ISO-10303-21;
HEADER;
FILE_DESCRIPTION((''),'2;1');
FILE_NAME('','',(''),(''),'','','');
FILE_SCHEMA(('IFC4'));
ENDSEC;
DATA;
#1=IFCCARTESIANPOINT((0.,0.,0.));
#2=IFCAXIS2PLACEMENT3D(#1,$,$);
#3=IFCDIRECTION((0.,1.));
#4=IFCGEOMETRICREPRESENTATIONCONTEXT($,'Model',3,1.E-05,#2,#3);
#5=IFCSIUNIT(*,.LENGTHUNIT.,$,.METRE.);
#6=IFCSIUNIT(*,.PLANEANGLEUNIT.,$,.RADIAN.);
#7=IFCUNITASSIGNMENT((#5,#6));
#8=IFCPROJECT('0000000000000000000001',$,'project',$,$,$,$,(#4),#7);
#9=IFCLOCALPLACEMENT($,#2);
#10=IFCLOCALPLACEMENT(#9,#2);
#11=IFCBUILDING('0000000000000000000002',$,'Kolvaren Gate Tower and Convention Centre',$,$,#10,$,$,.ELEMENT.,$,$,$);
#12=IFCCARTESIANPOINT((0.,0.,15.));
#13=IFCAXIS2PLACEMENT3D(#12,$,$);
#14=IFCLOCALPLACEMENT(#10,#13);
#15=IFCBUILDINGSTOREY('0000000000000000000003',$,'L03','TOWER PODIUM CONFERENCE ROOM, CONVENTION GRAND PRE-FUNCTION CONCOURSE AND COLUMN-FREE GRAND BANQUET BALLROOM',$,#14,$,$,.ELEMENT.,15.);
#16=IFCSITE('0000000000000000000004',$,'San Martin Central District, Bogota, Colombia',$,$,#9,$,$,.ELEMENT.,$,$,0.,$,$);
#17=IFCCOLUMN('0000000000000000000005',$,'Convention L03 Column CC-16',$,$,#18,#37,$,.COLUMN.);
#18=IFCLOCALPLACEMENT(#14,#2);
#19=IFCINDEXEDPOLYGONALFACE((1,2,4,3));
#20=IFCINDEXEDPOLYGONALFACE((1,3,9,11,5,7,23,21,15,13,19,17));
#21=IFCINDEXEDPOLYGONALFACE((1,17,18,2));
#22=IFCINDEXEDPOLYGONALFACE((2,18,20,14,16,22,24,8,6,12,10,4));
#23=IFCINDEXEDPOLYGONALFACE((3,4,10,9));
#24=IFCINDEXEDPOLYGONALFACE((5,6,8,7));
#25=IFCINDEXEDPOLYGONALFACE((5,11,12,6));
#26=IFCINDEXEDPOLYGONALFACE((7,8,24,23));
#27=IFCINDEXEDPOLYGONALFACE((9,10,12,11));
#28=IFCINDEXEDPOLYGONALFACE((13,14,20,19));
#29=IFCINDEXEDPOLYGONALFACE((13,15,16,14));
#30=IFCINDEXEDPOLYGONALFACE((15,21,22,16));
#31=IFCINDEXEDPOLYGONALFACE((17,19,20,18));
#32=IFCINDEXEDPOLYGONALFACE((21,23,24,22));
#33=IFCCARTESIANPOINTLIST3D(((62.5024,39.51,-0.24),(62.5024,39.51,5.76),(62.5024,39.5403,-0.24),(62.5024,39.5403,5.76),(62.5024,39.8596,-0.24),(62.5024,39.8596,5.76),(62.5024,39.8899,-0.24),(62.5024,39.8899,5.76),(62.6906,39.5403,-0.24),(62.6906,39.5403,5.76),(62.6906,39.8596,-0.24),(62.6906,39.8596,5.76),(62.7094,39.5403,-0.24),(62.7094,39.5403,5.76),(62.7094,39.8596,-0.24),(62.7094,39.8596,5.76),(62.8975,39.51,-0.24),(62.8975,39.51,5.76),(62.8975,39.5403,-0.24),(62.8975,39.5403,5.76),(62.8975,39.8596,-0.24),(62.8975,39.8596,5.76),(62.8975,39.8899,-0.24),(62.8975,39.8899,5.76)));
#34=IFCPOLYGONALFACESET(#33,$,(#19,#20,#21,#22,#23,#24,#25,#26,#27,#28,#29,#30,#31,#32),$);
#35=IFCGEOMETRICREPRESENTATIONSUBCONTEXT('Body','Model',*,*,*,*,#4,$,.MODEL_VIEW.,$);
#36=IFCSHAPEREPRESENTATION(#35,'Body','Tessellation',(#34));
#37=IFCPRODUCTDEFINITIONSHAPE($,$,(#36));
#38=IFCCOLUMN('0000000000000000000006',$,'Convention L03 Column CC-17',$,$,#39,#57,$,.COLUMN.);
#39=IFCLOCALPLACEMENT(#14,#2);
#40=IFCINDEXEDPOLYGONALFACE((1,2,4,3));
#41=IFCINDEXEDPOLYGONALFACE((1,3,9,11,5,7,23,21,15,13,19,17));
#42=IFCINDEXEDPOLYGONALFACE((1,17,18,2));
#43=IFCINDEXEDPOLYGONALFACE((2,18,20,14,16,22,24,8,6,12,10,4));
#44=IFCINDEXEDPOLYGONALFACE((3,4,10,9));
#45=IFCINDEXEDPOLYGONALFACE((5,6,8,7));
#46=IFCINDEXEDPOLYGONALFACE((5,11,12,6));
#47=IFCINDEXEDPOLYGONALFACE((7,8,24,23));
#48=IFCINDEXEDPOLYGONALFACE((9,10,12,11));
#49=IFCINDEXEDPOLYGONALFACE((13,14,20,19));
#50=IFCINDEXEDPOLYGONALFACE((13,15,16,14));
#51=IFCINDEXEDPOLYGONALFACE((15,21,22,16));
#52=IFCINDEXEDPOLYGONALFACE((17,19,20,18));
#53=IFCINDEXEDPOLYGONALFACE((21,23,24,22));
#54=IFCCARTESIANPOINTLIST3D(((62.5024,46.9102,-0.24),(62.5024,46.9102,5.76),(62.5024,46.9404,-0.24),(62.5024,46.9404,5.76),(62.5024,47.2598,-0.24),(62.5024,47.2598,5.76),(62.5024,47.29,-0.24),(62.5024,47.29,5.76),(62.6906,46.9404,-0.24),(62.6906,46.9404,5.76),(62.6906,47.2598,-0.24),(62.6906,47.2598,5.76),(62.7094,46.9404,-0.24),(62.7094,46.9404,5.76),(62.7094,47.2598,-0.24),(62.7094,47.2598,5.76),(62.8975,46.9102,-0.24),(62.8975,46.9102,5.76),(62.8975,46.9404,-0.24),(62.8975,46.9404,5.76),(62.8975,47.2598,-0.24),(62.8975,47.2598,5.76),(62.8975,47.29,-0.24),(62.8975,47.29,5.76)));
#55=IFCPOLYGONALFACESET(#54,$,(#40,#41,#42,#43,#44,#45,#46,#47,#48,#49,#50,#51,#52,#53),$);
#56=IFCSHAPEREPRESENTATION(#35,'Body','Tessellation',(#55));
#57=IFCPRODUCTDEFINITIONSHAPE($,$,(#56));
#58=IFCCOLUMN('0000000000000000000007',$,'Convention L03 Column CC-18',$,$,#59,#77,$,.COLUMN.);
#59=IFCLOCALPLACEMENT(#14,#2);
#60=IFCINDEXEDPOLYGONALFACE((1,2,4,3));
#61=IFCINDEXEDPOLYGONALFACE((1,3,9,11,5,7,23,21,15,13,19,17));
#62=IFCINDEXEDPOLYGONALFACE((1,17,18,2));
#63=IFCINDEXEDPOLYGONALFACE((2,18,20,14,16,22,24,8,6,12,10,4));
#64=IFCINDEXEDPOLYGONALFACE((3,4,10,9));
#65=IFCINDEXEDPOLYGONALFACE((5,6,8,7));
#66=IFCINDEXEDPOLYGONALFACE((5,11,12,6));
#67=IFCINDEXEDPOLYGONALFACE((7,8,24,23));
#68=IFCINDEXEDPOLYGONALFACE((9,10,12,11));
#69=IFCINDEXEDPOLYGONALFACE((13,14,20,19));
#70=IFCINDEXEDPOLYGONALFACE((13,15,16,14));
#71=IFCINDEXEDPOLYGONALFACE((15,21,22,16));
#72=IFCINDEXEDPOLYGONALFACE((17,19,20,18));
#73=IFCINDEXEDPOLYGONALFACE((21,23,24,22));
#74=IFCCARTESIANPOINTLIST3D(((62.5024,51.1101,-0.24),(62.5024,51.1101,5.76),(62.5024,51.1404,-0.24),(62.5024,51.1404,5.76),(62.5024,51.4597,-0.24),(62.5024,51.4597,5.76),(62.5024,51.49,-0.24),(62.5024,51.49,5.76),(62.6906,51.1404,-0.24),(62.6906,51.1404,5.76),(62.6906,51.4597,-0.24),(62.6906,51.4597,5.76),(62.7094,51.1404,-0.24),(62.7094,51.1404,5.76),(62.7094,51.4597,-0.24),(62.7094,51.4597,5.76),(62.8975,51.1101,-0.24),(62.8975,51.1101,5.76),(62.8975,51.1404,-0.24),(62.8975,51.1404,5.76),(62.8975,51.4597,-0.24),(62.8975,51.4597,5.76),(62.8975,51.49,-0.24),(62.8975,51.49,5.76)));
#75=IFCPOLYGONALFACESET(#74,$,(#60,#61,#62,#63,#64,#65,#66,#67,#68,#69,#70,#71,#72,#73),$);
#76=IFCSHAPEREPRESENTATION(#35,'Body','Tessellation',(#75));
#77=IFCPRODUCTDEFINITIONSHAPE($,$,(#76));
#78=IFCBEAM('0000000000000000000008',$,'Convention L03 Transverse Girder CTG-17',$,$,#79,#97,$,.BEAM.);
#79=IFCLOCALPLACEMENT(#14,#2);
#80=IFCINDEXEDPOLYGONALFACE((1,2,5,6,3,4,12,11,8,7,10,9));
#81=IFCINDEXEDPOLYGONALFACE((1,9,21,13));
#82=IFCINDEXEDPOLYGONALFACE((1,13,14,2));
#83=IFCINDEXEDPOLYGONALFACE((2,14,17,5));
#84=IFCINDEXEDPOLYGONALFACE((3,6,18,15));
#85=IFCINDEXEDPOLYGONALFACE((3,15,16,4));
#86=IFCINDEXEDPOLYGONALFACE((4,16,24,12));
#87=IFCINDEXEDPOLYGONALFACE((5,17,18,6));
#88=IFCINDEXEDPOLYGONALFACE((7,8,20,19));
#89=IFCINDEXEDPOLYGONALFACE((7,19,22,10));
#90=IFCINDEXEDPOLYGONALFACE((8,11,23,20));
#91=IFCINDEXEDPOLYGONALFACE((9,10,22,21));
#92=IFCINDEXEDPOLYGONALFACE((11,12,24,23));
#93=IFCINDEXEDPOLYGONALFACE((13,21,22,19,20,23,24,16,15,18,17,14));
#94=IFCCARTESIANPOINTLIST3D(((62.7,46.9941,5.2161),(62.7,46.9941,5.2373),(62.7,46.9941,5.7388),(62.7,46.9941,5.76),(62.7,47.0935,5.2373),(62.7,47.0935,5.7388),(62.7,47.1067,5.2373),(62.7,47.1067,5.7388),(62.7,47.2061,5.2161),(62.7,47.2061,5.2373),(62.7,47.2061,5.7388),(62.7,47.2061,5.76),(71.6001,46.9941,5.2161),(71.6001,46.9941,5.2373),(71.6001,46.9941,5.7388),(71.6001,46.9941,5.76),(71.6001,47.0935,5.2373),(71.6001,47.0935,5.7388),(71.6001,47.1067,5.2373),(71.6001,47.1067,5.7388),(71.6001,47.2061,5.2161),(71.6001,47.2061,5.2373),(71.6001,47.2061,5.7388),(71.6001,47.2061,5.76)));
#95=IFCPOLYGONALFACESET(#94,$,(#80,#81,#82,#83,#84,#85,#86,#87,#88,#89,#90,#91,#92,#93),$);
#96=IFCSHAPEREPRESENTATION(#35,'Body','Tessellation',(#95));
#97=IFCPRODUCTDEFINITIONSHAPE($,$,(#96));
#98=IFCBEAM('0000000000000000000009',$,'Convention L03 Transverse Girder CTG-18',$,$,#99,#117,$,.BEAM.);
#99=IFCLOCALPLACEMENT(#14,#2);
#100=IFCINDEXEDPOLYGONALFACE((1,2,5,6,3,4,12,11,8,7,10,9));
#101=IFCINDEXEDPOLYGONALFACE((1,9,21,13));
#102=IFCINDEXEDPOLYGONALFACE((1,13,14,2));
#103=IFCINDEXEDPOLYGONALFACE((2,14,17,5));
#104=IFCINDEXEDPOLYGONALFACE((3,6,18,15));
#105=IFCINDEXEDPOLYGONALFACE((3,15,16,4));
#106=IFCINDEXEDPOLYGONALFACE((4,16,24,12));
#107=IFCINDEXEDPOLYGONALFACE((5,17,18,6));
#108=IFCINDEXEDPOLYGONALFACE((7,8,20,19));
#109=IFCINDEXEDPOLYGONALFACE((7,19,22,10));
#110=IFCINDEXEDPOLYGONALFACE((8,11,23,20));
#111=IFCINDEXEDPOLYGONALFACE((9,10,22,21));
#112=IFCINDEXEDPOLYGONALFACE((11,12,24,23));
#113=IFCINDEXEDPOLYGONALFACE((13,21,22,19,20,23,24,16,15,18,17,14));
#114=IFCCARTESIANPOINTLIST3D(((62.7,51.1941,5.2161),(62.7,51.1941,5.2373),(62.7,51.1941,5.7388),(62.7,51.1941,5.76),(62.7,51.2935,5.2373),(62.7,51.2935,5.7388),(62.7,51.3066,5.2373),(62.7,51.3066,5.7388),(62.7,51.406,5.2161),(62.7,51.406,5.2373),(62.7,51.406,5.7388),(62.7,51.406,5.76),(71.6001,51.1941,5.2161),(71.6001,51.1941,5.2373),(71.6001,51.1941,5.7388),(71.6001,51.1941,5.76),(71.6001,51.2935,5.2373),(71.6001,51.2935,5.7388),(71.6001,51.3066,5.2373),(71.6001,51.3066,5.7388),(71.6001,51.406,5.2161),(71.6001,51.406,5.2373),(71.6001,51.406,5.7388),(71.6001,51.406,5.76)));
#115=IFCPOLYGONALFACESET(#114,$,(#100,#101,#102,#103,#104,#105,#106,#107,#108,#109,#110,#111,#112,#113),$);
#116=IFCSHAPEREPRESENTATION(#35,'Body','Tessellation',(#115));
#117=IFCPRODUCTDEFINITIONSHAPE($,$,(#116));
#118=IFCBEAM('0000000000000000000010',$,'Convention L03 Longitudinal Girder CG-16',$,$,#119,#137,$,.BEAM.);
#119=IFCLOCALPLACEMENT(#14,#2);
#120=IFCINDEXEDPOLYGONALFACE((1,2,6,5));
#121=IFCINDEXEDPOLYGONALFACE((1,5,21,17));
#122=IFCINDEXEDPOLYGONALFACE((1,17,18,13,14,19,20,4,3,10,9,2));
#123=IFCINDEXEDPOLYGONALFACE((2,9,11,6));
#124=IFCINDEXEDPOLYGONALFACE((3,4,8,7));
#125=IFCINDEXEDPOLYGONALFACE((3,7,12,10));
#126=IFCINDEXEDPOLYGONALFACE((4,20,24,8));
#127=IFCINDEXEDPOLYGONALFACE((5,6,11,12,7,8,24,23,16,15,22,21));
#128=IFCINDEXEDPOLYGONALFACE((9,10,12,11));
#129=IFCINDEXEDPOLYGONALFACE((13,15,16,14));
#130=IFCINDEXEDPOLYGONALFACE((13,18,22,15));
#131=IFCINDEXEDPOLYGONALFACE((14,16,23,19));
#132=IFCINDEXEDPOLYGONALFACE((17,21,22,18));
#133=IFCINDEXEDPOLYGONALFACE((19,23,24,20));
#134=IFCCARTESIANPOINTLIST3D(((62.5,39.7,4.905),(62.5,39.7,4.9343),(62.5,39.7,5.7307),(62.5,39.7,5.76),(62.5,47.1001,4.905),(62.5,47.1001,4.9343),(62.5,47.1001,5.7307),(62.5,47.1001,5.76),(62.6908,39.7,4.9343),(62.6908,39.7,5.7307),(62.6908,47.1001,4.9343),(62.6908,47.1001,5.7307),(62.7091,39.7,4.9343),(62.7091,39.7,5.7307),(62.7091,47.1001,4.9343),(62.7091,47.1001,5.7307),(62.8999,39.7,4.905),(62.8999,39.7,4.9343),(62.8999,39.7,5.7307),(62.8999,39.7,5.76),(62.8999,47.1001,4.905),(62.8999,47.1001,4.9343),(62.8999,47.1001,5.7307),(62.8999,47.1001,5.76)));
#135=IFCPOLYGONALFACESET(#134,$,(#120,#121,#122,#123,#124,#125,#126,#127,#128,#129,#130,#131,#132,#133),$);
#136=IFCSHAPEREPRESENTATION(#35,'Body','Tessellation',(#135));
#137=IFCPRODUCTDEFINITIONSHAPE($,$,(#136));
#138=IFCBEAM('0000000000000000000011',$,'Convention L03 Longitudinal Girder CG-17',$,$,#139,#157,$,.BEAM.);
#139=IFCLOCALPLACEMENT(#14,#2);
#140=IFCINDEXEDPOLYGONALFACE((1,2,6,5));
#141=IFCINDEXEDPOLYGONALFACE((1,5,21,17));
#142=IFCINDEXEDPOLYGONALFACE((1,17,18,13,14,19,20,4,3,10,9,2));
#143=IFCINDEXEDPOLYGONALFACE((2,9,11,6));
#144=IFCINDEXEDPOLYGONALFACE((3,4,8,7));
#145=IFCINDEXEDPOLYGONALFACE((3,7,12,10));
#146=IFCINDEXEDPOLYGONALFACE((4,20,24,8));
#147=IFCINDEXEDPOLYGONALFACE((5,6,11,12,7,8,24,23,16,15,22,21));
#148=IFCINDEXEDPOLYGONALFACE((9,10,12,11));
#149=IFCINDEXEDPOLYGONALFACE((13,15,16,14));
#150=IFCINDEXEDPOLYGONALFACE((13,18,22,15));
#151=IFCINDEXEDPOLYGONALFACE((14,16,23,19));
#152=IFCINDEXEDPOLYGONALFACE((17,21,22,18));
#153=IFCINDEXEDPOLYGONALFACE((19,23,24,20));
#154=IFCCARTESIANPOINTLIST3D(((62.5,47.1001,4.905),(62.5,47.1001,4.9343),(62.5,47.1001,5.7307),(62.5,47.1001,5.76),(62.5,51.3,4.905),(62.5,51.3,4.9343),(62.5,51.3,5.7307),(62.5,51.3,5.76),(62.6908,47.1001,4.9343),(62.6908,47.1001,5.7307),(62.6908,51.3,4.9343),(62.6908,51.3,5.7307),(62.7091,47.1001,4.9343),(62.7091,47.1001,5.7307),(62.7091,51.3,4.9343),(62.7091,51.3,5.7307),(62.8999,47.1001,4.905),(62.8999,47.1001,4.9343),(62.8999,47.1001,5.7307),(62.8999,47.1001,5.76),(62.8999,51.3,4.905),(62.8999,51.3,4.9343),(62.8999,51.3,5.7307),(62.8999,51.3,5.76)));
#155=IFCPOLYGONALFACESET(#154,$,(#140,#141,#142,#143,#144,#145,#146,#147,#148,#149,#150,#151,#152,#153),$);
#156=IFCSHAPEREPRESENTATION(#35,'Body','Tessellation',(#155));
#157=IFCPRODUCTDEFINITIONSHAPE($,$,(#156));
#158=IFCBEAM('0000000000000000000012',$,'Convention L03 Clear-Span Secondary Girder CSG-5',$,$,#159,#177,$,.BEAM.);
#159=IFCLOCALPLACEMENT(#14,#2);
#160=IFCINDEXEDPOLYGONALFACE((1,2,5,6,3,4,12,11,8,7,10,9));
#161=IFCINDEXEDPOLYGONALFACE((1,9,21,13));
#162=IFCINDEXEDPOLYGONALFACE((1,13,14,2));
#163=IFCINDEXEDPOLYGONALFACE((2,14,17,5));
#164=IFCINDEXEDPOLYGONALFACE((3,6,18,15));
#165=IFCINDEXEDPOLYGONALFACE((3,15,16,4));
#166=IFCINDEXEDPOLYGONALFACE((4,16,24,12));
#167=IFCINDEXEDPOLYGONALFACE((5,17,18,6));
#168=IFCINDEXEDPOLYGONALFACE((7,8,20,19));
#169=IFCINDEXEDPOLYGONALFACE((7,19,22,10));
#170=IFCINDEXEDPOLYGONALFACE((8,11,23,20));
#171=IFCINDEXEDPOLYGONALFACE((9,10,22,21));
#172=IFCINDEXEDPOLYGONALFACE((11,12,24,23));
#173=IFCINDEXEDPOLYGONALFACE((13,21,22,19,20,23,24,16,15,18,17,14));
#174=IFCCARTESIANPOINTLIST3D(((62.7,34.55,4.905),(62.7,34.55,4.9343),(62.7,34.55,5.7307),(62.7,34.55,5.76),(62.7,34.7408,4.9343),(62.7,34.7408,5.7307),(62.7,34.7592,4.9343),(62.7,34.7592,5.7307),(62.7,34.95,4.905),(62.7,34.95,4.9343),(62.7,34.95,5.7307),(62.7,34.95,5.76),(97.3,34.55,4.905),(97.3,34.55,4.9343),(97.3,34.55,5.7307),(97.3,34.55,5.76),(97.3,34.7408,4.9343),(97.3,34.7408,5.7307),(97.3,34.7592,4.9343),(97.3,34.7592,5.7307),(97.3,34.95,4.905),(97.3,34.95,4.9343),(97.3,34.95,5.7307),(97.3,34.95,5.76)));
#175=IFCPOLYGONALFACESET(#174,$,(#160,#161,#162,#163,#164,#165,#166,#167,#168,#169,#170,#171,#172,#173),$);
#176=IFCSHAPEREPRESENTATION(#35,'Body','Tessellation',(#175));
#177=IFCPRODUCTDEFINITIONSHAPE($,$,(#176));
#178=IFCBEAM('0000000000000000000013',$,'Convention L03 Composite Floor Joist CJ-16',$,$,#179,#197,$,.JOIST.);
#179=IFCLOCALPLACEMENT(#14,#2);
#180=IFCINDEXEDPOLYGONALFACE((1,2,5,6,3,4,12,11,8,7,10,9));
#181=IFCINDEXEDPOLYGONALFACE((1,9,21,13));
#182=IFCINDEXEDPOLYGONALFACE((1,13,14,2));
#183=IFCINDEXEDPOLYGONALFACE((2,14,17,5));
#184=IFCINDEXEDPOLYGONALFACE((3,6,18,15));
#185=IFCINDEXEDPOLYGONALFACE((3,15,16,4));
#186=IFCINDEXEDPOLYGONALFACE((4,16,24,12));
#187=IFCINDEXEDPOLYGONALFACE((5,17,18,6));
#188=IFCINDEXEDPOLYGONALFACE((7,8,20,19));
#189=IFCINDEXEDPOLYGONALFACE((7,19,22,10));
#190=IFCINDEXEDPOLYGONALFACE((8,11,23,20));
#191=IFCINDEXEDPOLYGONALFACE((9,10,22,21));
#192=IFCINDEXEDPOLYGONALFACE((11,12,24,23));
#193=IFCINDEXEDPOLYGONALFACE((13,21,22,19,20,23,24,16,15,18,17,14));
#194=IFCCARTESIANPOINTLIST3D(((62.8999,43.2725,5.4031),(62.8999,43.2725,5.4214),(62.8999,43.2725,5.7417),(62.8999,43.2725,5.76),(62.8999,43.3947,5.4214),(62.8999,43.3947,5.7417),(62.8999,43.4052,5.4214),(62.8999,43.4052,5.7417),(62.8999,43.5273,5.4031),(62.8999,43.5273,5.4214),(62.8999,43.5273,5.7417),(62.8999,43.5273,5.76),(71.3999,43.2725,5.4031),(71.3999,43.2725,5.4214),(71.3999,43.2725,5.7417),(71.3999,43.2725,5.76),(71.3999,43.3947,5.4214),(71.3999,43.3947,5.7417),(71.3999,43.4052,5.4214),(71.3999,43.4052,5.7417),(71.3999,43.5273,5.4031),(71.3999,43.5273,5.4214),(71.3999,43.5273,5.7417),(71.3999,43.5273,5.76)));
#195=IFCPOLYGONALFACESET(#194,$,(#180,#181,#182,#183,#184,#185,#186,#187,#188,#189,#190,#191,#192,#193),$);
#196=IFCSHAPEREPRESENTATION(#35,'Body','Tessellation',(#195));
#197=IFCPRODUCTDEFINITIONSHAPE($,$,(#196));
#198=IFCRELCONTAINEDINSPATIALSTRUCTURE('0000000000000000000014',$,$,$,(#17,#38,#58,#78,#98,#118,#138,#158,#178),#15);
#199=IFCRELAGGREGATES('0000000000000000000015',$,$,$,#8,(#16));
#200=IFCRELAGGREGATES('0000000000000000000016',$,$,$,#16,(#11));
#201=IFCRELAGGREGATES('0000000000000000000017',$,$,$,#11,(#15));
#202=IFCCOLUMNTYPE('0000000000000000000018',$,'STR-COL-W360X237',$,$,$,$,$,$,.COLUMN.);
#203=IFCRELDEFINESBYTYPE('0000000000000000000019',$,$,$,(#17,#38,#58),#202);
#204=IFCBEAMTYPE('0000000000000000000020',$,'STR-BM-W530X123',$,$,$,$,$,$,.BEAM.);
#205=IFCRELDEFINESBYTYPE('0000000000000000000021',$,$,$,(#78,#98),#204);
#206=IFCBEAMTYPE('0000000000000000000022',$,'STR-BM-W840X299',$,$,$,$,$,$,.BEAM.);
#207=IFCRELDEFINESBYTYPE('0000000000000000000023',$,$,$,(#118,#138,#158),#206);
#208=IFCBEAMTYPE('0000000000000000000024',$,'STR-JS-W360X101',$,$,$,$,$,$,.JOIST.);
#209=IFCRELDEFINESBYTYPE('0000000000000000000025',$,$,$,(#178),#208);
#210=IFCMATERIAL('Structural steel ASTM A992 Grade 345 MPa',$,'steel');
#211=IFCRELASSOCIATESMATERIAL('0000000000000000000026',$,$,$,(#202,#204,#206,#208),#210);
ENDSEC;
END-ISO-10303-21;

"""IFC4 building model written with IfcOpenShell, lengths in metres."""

from ifc_helpers import new_model, si_unit, direction, frame, origin, origin_2d, place, context, subcontext, project, spatial, i_section, extrude, material, material_profile, profile_set, type_object, element, save


model = new_model("IFC4")

# Units and contexts
model_context = context("Model", 3, precision=1e-05, world=origin(), true_north=direction((0.0, 1.0)))
body_context = subcontext(model_context, "Body", "Model", "MODEL_VIEW")
ifc_project = project(units=[si_unit("LENGTHUNIT", "METRE"), si_unit("PLANEANGLEUNIT", "RADIAN")], contexts=[model_context])

# Site, building, storey
site_placement = place(None, origin())
site = spatial("IfcSite", under=ifc_project, at=site_placement, Name="San Martin Central District, Bogota, Colombia", CompositionType="ELEMENT", RefElevation=0.0)
building_placement = place(site_placement, origin())
building = spatial("IfcBuilding", under=site, at=building_placement, Name="Kolvaren Gate Tower and Convention Centre", CompositionType="ELEMENT")
storey_placement = place(building_placement, frame((0.0, 0.0, 15.0)))
storey = spatial("IfcBuildingStorey", under=building, at=storey_placement, Name="L03", Description="TOWER PODIUM CONFERENCE ROOM, CONVENTION GRAND PRE-FUNCTION CONCOURSE AND COLUMN-FREE GRAND BANQUET BALLROOM", CompositionType="ELEMENT", Elevation=15.0)

# Columns
ifc_material_1 = material(Name="Structural steel ASTM A992 Grade 345 MPa", Category="steel")
ifc_material_profile_1 = material_profile(ifc_material_1, i_section(OverallWidth=0.395, OverallDepth=0.3799, WebThickness=0.0188, FlangeThickness=0.0303, at=origin_2d()), Name="W360X237")
ifc_profile_set_1 = profile_set([ifc_material_profile_1], Name="Structural steel ASTM A992 Grade 345 MPa")
column_type = type_object("IfcColumnType", Name="STR-COL-W360X237", PredefinedType="COLUMN", material=ifc_profile_set_1)
for number, where, z_axis, x_axis, name in (
    (1, (62.7, 39.7, -0.24), (0.0, 0.0, 1.0), (1.0, 0.0, 0.0), "Convention L03 Column CC-16"),
    (2, (62.7, 47.1001, -0.24), (0.0, 0.0, 1.0), (1.0, 0.0, 0.0), "Convention L03 Column CC-17"),
    (3, (62.7, 51.3, -0.24), (0.0, 0.0, 1.0), (1.0, 0.0, 0.0), "Convention L03 Column CC-18"),
):
    element("IfcColumn", number, at=place(storey_placement, frame(where, z_axis=z_axis, x_axis=x_axis)), inside=storey, type_object=column_type, Name=name, PredefinedType="COLUMN", context=body_context, shape_type="SweptSolid", body=[
        extrude(i_section(OverallWidth=0.395, OverallDepth=0.3799, WebThickness=0.0188, FlangeThickness=0.0303, at=origin_2d()), origin(), (0.0, 0.0, 1.0), 6.0),
    ])

# Beams
ifc_material_profile_2 = material_profile(ifc_material_1, i_section(OverallWidth=0.2119, OverallDepth=0.5439, WebThickness=0.0132, FlangeThickness=0.0212, at=origin_2d()), Name="W530X123")
ifc_profile_set_2 = profile_set([ifc_material_profile_2], Name="Structural steel ASTM A992 Grade 345 MPa")
beam_type_1 = type_object("IfcBeamType", Name="STR-BM-W530X123", PredefinedType="BEAM", material=ifc_profile_set_2)
for number, where, z_axis, x_axis, name in (
    (4, (62.7, 47.1001, 5.488), (1.0, 0.0, 0.0), (0.0, 1.0, 0.0), "Convention L03 Transverse Girder CTG-17"),
    (5, (62.7, 51.3, 5.488), (1.0, 0.0, 0.0), (0.0, 1.0, 0.0), "Convention L03 Transverse Girder CTG-18"),
):
    element("IfcBeam", number, at=place(storey_placement, frame(where, z_axis=z_axis, x_axis=x_axis)), inside=storey, type_object=beam_type_1, Name=name, PredefinedType="BEAM", context=body_context, shape_type="SweptSolid", body=[
        extrude(i_section(OverallWidth=0.2119, OverallDepth=0.5439, WebThickness=0.0132, FlangeThickness=0.0212, at=origin_2d()), origin(), (0.0, 0.0, 1.0), 8.9001),
    ])
ifc_material_profile_3 = material_profile(ifc_material_1, i_section(OverallWidth=0.3999, OverallDepth=0.855, WebThickness=0.0183, FlangeThickness=0.0293, at=origin_2d()), Name="W840X299")
ifc_profile_set_3 = profile_set([ifc_material_profile_3], Name="Structural steel ASTM A992 Grade 345 MPa")
beam_type_2 = type_object("IfcBeamType", Name="STR-BM-W840X299", PredefinedType="BEAM", material=ifc_profile_set_3)
beam_1_placement = place(storey_placement, frame((62.7, 39.7, 5.3325), z_axis=(0.0, 1.0, 0.0), x_axis=(-1.0, 0.0, 0.0)))
element("IfcBeam", 6, at=beam_1_placement, inside=storey, type_object=beam_type_2, Name="Convention L03 Longitudinal Girder CG-16", PredefinedType="BEAM", context=body_context, shape_type="SweptSolid", body=[
    extrude(i_section(OverallWidth=0.3999, OverallDepth=0.855, WebThickness=0.0183, FlangeThickness=0.0293, at=origin_2d()), origin(), (0.0, 0.0, 1.0), 7.4001),
])
beam_2_placement = place(storey_placement, frame((62.7, 47.1001, 5.3325), z_axis=(0.0, 1.0, 0.0), x_axis=(-1.0, 0.0, 0.0)))
element("IfcBeam", 7, at=beam_2_placement, inside=storey, type_object=beam_type_2, Name="Convention L03 Longitudinal Girder CG-17", PredefinedType="BEAM", context=body_context, shape_type="SweptSolid", body=[
    extrude(i_section(OverallWidth=0.3999, OverallDepth=0.855, WebThickness=0.0183, FlangeThickness=0.0293, at=origin_2d()), origin(), (0.0, 0.0, 1.0), 4.2),
])
beam_3_placement = place(storey_placement, frame((62.7, 34.75, 5.3325), z_axis=(1.0, 0.0, 0.0), x_axis=(0.0, 1.0, 0.0)))
element("IfcBeam", 8, at=beam_3_placement, inside=storey, type_object=beam_type_2, Name="Convention L03 Clear-Span Secondary Girder CSG-5", PredefinedType="BEAM", context=body_context, shape_type="SweptSolid", body=[
    extrude(i_section(OverallWidth=0.3999, OverallDepth=0.855, WebThickness=0.0183, FlangeThickness=0.0293, at=origin_2d()), origin(), (0.0, 0.0, 1.0), 34.6001),
])
ifc_material_profile_4 = material_profile(ifc_material_1, i_section(OverallWidth=0.2549, OverallDepth=0.3569, WebThickness=0.0105, FlangeThickness=0.0183, at=origin_2d()), Name="W360X101")
ifc_profile_set_4 = profile_set([ifc_material_profile_4], Name="Structural steel ASTM A992 Grade 345 MPa")
beam_type_3 = type_object("IfcBeamType", Name="STR-JS-W360X101", PredefinedType="JOIST", material=ifc_profile_set_4)
for number, where, z_axis, x_axis, name in (
    (9, (62.8999, 43.3999, 5.5815), (1.0, 0.0, 0.0), (0.0, 1.0, 0.0), "Convention L03 Composite Floor Joist CJ-16"),
):
    element("IfcBeam", number, at=place(storey_placement, frame(where, z_axis=z_axis, x_axis=x_axis)), inside=storey, type_object=beam_type_3, Name=name, PredefinedType="JOIST", context=body_context, shape_type="SweptSolid", body=[
        extrude(i_section(OverallWidth=0.2549, OverallDepth=0.3569, WebThickness=0.0105, FlangeThickness=0.0183, at=origin_2d()), origin(), (0.0, 0.0, 1.0), 8.5),
    ])

save(model, "model.ifc")
